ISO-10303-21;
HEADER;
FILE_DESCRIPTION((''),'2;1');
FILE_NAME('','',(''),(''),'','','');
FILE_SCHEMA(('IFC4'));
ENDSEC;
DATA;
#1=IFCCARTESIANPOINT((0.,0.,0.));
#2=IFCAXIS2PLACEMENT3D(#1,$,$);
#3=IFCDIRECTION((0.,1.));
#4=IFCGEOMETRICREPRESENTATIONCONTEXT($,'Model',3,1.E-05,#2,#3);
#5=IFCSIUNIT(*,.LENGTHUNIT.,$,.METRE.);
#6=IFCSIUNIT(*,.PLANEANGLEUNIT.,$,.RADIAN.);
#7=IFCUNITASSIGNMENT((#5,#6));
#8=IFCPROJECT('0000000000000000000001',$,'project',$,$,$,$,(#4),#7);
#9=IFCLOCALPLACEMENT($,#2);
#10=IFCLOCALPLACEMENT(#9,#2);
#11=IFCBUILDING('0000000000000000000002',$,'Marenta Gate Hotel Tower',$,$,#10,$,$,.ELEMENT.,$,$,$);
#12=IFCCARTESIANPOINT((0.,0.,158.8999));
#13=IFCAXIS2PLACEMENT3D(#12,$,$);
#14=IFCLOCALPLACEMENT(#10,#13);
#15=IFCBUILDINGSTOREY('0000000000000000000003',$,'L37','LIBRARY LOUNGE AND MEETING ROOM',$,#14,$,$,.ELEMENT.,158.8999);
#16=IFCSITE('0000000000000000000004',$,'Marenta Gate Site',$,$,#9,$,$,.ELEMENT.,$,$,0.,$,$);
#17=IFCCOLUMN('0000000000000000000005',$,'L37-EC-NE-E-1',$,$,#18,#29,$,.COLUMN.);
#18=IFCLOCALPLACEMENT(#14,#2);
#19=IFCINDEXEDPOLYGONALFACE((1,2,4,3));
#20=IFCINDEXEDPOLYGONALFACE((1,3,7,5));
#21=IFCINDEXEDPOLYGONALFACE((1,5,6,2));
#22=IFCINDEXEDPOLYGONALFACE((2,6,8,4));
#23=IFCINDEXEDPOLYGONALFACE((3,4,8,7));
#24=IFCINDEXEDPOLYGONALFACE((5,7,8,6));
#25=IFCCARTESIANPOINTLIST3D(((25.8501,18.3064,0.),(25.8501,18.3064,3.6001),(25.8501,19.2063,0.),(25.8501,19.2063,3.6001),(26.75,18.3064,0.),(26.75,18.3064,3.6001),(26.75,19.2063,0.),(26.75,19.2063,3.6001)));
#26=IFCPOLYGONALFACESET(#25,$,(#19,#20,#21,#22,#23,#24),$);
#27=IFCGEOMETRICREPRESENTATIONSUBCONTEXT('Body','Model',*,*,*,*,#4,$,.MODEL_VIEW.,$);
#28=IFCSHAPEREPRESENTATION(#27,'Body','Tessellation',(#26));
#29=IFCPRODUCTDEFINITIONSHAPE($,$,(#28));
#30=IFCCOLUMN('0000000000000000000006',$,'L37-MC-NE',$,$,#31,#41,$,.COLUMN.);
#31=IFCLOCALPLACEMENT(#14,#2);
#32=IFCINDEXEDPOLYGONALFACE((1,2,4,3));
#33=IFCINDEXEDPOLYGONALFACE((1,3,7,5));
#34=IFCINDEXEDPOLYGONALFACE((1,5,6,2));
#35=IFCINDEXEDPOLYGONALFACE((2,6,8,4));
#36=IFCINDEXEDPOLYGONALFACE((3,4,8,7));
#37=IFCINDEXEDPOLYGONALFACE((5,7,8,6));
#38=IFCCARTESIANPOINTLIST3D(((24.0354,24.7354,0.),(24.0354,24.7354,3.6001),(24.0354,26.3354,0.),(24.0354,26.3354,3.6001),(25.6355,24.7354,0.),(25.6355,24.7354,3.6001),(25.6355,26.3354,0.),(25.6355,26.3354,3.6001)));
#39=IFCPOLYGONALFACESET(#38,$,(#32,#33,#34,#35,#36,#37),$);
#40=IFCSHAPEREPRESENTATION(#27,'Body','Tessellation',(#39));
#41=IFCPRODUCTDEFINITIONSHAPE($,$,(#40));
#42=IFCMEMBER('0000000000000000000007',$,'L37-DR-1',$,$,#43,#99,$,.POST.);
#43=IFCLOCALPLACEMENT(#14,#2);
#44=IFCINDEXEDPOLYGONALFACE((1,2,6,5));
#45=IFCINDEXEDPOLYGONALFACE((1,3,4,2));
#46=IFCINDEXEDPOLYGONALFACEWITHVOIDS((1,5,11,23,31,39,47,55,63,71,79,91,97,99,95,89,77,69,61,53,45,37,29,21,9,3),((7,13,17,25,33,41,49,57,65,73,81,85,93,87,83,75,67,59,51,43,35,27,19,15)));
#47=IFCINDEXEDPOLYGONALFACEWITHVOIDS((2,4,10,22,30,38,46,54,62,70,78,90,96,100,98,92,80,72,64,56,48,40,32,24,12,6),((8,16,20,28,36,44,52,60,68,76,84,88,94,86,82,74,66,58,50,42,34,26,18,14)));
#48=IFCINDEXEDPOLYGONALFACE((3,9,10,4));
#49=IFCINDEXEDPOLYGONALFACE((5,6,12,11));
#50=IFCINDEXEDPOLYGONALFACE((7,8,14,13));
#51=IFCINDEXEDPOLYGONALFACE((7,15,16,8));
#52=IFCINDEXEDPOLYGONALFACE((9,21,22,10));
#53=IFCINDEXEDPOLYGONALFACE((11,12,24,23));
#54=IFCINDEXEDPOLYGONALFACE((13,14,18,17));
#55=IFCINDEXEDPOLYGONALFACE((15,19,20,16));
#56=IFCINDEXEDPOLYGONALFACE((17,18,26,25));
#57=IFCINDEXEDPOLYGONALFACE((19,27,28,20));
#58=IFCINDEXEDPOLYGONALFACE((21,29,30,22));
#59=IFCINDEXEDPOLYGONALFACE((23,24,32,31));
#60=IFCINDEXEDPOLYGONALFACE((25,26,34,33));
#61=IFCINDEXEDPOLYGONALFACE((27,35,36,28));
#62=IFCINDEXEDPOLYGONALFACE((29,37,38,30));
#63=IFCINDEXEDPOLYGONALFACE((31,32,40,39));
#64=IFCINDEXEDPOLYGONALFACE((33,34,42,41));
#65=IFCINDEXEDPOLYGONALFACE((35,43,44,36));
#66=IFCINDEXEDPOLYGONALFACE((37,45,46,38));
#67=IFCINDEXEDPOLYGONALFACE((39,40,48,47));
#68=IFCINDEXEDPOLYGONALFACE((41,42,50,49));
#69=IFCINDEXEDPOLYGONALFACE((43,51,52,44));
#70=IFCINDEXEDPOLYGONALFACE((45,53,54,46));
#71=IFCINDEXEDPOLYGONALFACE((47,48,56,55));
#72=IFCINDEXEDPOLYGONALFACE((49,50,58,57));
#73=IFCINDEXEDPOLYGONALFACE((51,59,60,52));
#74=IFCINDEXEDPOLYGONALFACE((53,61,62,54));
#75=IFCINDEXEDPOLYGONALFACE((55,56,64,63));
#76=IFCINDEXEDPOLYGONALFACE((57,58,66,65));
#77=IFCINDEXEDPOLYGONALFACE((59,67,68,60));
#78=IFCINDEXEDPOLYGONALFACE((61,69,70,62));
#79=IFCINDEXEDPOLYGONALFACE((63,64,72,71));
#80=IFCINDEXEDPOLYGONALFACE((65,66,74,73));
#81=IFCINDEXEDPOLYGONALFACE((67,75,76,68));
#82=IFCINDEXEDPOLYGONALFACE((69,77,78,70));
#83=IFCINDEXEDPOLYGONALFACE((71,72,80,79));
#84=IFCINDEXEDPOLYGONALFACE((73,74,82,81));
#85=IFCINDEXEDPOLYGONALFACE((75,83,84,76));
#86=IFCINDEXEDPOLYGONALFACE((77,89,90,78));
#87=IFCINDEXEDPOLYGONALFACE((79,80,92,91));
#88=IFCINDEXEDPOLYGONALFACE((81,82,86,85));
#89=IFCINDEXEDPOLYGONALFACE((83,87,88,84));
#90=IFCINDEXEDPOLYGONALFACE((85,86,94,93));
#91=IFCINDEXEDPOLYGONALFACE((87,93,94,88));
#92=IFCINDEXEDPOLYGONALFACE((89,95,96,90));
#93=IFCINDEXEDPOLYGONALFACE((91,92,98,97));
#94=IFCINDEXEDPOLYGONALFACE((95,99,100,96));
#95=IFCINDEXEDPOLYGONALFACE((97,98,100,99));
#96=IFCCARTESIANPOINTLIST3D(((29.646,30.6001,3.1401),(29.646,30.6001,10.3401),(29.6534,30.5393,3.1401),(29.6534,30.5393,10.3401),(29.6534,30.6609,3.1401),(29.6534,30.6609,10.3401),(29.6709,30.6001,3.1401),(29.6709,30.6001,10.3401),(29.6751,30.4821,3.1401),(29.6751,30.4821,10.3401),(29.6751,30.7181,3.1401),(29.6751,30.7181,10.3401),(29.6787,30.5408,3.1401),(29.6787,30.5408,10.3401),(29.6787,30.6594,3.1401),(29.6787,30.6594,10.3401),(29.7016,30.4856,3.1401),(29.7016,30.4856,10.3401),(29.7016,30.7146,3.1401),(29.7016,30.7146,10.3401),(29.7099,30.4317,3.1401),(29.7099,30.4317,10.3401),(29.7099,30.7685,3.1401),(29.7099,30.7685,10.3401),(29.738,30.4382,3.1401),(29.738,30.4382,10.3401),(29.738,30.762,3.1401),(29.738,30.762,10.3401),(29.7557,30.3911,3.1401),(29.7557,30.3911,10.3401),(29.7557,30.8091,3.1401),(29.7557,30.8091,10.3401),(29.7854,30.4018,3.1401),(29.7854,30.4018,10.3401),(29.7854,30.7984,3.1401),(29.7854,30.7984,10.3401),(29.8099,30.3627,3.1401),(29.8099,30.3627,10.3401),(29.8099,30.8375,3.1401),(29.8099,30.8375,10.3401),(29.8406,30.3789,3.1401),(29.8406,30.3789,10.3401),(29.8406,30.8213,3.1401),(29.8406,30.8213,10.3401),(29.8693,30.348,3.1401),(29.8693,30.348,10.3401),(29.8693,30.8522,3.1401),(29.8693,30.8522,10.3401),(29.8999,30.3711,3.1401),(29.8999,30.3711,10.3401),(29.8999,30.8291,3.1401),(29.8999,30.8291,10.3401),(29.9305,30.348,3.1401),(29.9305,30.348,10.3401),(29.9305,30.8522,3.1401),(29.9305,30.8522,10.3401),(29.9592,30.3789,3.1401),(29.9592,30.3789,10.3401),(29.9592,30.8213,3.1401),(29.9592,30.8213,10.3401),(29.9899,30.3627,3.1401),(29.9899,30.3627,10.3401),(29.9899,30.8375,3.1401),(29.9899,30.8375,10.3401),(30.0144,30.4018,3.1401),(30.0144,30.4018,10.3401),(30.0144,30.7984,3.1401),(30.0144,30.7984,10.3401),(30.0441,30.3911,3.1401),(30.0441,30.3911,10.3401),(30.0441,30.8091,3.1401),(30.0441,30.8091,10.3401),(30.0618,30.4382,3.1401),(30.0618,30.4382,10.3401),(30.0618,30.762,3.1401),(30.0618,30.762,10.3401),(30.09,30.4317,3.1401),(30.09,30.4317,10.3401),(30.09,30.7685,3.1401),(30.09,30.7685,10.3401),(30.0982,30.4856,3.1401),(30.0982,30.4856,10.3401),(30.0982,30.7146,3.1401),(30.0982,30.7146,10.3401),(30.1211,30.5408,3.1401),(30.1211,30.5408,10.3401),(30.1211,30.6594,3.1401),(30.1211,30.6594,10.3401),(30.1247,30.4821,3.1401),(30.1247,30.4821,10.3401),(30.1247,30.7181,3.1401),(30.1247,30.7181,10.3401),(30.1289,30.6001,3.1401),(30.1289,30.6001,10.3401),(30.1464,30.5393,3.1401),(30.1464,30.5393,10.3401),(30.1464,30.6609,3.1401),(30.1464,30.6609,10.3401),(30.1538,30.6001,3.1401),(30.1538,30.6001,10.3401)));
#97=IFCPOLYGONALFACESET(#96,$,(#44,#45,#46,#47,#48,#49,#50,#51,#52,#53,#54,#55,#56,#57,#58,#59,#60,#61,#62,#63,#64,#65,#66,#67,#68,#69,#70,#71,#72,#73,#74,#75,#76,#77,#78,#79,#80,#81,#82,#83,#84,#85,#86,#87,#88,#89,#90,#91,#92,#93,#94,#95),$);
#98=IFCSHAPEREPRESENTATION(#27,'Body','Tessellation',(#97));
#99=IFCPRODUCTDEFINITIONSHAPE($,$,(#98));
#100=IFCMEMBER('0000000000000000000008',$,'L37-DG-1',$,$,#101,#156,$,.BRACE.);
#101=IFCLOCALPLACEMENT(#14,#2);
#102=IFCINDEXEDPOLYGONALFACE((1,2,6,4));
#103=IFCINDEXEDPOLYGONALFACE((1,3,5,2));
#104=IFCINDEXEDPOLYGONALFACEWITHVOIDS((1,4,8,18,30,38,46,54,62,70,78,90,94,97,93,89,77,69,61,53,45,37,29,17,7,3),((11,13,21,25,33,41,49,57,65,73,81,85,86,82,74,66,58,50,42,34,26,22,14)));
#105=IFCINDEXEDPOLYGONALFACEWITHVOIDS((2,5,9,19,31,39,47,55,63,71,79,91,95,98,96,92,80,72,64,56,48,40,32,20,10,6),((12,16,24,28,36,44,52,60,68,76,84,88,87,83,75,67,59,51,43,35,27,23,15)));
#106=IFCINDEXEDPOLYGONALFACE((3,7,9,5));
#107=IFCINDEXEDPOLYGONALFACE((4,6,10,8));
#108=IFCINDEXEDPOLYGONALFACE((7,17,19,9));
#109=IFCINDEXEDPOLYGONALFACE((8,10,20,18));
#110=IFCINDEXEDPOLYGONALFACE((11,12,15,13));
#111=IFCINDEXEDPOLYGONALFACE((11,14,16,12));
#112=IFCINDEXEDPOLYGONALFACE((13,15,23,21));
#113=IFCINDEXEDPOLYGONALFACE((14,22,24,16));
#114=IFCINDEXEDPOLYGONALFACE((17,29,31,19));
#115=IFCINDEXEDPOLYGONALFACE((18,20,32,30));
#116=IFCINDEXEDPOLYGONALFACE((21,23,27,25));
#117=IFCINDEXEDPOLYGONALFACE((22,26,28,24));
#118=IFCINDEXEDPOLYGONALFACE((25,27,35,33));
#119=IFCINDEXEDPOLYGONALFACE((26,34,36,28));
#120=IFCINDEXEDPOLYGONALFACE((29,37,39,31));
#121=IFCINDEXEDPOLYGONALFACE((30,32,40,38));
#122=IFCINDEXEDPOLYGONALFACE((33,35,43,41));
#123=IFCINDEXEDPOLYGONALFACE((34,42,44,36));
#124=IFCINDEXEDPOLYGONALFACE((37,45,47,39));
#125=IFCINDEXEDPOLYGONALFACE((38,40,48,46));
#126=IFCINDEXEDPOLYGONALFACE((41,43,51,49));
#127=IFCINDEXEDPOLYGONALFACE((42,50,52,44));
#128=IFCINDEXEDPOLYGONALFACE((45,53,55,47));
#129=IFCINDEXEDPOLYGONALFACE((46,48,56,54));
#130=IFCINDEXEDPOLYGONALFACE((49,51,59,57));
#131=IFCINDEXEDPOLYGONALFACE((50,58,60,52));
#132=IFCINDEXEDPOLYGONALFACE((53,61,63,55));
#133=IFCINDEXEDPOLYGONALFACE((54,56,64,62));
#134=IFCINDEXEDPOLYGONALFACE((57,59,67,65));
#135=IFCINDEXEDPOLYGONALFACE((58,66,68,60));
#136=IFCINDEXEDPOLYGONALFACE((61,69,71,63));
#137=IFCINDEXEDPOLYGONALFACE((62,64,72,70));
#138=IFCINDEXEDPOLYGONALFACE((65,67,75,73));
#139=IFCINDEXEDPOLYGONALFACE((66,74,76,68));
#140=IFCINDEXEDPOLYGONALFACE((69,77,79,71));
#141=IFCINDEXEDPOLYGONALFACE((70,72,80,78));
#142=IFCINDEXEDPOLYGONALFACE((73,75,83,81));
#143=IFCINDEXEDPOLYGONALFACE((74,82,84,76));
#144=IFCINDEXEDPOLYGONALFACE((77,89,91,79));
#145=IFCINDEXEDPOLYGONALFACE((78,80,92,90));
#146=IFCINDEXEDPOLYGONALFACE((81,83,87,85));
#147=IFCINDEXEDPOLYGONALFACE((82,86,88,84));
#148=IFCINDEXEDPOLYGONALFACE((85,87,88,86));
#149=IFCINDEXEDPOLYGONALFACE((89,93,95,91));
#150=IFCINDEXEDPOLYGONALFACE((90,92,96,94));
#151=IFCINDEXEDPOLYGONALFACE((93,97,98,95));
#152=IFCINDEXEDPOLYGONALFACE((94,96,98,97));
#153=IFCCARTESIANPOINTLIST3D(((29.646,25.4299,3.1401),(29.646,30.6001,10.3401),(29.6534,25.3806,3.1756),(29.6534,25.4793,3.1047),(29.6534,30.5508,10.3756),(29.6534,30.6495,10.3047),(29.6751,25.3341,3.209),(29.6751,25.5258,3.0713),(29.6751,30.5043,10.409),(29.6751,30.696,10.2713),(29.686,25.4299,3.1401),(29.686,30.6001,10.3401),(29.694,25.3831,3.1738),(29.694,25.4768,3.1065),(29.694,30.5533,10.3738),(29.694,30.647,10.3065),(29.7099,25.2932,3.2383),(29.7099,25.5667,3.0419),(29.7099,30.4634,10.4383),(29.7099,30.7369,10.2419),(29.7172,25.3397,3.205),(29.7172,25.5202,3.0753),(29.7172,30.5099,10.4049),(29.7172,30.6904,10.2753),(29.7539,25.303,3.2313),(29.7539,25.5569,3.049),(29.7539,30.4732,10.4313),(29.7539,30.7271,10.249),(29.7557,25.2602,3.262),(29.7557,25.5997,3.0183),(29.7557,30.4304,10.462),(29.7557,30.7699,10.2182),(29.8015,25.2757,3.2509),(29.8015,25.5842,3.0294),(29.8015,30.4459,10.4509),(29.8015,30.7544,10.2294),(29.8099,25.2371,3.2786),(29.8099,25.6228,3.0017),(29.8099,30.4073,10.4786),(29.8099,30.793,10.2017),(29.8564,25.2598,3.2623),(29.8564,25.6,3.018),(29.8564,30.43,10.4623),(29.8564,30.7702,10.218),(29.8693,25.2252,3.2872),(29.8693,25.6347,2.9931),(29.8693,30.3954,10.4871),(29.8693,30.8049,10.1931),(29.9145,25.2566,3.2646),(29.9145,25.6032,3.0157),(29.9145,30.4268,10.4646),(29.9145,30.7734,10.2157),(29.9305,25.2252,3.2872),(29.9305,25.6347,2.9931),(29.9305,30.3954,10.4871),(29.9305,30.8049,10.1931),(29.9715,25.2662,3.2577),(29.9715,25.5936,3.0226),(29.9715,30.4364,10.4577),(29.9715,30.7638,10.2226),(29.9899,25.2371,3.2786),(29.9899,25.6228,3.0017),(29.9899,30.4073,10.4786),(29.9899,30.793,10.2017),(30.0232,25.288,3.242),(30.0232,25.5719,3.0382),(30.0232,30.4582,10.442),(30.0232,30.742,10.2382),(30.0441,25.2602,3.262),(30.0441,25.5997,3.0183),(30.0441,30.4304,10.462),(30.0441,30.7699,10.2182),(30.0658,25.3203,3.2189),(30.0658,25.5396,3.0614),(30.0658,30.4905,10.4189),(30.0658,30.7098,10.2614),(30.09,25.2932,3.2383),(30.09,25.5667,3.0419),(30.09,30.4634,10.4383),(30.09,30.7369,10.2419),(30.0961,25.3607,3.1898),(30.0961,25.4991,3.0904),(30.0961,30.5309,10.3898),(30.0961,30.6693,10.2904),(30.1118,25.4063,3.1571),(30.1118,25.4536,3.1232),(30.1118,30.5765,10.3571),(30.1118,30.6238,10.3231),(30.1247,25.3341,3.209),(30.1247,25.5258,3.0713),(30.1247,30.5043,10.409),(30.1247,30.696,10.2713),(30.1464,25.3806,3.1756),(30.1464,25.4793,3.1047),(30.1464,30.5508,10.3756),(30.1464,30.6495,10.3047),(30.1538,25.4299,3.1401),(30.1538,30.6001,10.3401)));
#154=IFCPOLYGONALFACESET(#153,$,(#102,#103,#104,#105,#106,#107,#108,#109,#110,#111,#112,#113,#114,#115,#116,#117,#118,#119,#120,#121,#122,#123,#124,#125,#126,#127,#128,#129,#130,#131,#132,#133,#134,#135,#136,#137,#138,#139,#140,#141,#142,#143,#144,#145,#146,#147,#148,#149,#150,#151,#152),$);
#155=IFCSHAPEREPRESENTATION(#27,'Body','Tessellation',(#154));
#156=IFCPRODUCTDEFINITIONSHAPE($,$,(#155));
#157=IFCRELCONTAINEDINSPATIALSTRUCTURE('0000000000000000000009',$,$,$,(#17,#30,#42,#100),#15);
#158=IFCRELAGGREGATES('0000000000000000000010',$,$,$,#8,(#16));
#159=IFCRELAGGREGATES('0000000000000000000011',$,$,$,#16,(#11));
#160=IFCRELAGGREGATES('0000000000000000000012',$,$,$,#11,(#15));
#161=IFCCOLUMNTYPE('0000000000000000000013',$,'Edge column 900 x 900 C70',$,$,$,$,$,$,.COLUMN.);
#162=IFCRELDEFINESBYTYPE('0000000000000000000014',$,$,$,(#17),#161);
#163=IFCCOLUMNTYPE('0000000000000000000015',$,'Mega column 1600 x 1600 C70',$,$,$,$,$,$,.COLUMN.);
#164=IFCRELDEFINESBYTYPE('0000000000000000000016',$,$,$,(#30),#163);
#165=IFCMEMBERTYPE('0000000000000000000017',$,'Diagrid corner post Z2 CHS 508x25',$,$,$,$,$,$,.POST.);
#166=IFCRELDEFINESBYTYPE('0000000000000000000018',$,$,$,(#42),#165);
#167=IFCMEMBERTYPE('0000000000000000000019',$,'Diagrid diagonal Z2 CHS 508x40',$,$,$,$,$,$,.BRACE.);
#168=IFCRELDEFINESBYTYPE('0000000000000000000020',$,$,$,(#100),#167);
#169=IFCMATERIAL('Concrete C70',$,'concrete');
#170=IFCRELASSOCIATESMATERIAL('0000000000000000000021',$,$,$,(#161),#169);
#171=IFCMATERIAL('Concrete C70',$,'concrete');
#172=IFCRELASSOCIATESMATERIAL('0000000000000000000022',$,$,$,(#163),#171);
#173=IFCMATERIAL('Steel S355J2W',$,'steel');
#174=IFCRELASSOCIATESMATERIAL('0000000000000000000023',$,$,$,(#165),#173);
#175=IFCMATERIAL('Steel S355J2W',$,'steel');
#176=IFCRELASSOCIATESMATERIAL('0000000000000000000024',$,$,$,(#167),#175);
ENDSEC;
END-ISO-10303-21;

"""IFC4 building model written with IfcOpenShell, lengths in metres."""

from ifc_helpers import new_model, si_unit, direction, frame, origin, origin_2d, place, context, subcontext, project, spatial, rectangle, hollow_circle, extrude, material, material_profile, profile_set, type_object, element, save


model = new_model("IFC4")

# Units and contexts
model_context = context("Model", 3, precision=1e-05, world=origin(), true_north=direction((0.0, 1.0)))
body_context = subcontext(model_context, "Body", "Model", "MODEL_VIEW")
ifc_project = project(units=[si_unit("LENGTHUNIT", "METRE"), si_unit("PLANEANGLEUNIT", "RADIAN")], contexts=[model_context])

# Site, building, storey
site_placement = place(None, origin())
site = spatial("IfcSite", under=ifc_project, at=site_placement, Name="Marenta Gate Site", CompositionType="ELEMENT", RefElevation=0.0)
building_placement = place(site_placement, origin())
building = spatial("IfcBuilding", under=site, at=building_placement, Name="Marenta Gate Hotel Tower", CompositionType="ELEMENT")
storey_placement = place(building_placement, frame((0.0, 0.0, 158.8999)))
storey = spatial("IfcBuildingStorey", under=building, at=storey_placement, Name="L37", Description="LIBRARY LOUNGE AND MEETING ROOM", CompositionType="ELEMENT", Elevation=158.8999)

# Columns
ifc_material_1 = material(Name="Concrete C70", Category="concrete")
ifc_material_profile_1 = material_profile(ifc_material_1, rectangle(XDim=0.8999, YDim=0.8999, at=origin_2d()), Name="900 x 900")
ifc_profile_set_1 = profile_set([ifc_material_profile_1], Name="Concrete C70")
column_type_1 = type_object("IfcColumnType", Name="Edge column 900 x 900 C70", PredefinedType="COLUMN", material=ifc_profile_set_1)
column_1_placement = place(storey_placement, frame((26.3, 18.7563, 0.0), z_axis=(0.0, 0.0, 1.0), x_axis=(1.0, 0.0, 0.0)))
element("IfcColumn", 1, at=column_1_placement, inside=storey, type_object=column_type_1, Name="L37-EC-NE-E-1", PredefinedType="COLUMN", context=body_context, shape_type="SweptSolid", body=[
    extrude(rectangle(XDim=0.8999, YDim=0.8999, at=origin_2d()), origin(), (0.0, 0.0, 1.0), 3.6001),
])
ifc_material_2 = material(Name="Concrete C70", Category="concrete")
ifc_material_profile_2 = material_profile(ifc_material_2, rectangle(XDim=1.6001, YDim=1.6001, at=origin_2d()), Name="1600 x 1600")
ifc_profile_set_2 = profile_set([ifc_material_profile_2], Name="Concrete C70")
column_type_2 = type_object("IfcColumnType", Name="Mega column 1600 x 1600 C70", PredefinedType="COLUMN", material=ifc_profile_set_2)
column_2_placement = place(storey_placement, frame((24.8354, 25.5354, 0.0), z_axis=(0.0, 0.0, 1.0), x_axis=(1.0, 0.0, 0.0)))
element("IfcColumn", 2, at=column_2_placement, inside=storey, type_object=column_type_2, Name="L37-MC-NE", PredefinedType="COLUMN", context=body_context, shape_type="SweptSolid", body=[
    extrude(rectangle(XDim=1.6001, YDim=1.6001, at=origin_2d()), origin(), (0.0, 0.0, 1.0), 3.6001),
])

# Members
ifc_material_3 = material(Name="Steel S355J2W", Category="steel")
ifc_material_profile_3 = material_profile(ifc_material_3, hollow_circle(Radius=0.2539, WallThickness=0.0249, at=origin_2d()), Name="CHS 508x25")
ifc_profile_set_3 = profile_set([ifc_material_profile_3], Name="Steel S355J2W")
member_type_1 = type_object("IfcMemberType", Name="Diagrid corner post Z2 CHS 508x25", PredefinedType="POST", material=ifc_profile_set_3)
member_1_placement = place(storey_placement, frame((29.8999, 30.6001, 3.1401), z_axis=(0.0, 0.0, 1.0), x_axis=(1.0, 0.0, 0.0)))
element("IfcMember", 3, at=member_1_placement, inside=storey, type_object=member_type_1, Name="L37-DR-1", PredefinedType="POST", context=body_context, shape_type="SweptSolid", body=[
    extrude(hollow_circle(Radius=0.2539, WallThickness=0.0249, at=origin_2d()), origin(), (0.0, 0.0, 1.0), 7.2),
])
ifc_material_4 = material(Name="Steel S355J2W", Category="steel")
ifc_material_profile_4 = material_profile(ifc_material_4, hollow_circle(Radius=0.2539, WallThickness=0.04, at=origin_2d()), Name="CHS 508x40")
ifc_profile_set_4 = profile_set([ifc_material_profile_4], Name="Steel S355J2W")
member_type_2 = type_object("IfcMemberType", Name="Diagrid diagonal Z2 CHS 508x40", PredefinedType="BRACE", material=ifc_profile_set_4)
member_2_placement = place(storey_placement, frame((29.8999, 25.4299, 3.1401), z_axis=(0.0, 0.583279, 0.812272), x_axis=(-1.0, 0.0, 0.0)))
element("IfcMember", 4, at=member_2_placement, inside=storey, type_object=member_type_2, Name="L37-DG-1", PredefinedType="BRACE", context=body_context, shape_type="SweptSolid", body=[
    extrude(hollow_circle(Radius=0.2539, WallThickness=0.04, at=origin_2d()), origin(), (0.0, 0.0, 1.0), 8.864),
])

save(model, "model.ifc")
